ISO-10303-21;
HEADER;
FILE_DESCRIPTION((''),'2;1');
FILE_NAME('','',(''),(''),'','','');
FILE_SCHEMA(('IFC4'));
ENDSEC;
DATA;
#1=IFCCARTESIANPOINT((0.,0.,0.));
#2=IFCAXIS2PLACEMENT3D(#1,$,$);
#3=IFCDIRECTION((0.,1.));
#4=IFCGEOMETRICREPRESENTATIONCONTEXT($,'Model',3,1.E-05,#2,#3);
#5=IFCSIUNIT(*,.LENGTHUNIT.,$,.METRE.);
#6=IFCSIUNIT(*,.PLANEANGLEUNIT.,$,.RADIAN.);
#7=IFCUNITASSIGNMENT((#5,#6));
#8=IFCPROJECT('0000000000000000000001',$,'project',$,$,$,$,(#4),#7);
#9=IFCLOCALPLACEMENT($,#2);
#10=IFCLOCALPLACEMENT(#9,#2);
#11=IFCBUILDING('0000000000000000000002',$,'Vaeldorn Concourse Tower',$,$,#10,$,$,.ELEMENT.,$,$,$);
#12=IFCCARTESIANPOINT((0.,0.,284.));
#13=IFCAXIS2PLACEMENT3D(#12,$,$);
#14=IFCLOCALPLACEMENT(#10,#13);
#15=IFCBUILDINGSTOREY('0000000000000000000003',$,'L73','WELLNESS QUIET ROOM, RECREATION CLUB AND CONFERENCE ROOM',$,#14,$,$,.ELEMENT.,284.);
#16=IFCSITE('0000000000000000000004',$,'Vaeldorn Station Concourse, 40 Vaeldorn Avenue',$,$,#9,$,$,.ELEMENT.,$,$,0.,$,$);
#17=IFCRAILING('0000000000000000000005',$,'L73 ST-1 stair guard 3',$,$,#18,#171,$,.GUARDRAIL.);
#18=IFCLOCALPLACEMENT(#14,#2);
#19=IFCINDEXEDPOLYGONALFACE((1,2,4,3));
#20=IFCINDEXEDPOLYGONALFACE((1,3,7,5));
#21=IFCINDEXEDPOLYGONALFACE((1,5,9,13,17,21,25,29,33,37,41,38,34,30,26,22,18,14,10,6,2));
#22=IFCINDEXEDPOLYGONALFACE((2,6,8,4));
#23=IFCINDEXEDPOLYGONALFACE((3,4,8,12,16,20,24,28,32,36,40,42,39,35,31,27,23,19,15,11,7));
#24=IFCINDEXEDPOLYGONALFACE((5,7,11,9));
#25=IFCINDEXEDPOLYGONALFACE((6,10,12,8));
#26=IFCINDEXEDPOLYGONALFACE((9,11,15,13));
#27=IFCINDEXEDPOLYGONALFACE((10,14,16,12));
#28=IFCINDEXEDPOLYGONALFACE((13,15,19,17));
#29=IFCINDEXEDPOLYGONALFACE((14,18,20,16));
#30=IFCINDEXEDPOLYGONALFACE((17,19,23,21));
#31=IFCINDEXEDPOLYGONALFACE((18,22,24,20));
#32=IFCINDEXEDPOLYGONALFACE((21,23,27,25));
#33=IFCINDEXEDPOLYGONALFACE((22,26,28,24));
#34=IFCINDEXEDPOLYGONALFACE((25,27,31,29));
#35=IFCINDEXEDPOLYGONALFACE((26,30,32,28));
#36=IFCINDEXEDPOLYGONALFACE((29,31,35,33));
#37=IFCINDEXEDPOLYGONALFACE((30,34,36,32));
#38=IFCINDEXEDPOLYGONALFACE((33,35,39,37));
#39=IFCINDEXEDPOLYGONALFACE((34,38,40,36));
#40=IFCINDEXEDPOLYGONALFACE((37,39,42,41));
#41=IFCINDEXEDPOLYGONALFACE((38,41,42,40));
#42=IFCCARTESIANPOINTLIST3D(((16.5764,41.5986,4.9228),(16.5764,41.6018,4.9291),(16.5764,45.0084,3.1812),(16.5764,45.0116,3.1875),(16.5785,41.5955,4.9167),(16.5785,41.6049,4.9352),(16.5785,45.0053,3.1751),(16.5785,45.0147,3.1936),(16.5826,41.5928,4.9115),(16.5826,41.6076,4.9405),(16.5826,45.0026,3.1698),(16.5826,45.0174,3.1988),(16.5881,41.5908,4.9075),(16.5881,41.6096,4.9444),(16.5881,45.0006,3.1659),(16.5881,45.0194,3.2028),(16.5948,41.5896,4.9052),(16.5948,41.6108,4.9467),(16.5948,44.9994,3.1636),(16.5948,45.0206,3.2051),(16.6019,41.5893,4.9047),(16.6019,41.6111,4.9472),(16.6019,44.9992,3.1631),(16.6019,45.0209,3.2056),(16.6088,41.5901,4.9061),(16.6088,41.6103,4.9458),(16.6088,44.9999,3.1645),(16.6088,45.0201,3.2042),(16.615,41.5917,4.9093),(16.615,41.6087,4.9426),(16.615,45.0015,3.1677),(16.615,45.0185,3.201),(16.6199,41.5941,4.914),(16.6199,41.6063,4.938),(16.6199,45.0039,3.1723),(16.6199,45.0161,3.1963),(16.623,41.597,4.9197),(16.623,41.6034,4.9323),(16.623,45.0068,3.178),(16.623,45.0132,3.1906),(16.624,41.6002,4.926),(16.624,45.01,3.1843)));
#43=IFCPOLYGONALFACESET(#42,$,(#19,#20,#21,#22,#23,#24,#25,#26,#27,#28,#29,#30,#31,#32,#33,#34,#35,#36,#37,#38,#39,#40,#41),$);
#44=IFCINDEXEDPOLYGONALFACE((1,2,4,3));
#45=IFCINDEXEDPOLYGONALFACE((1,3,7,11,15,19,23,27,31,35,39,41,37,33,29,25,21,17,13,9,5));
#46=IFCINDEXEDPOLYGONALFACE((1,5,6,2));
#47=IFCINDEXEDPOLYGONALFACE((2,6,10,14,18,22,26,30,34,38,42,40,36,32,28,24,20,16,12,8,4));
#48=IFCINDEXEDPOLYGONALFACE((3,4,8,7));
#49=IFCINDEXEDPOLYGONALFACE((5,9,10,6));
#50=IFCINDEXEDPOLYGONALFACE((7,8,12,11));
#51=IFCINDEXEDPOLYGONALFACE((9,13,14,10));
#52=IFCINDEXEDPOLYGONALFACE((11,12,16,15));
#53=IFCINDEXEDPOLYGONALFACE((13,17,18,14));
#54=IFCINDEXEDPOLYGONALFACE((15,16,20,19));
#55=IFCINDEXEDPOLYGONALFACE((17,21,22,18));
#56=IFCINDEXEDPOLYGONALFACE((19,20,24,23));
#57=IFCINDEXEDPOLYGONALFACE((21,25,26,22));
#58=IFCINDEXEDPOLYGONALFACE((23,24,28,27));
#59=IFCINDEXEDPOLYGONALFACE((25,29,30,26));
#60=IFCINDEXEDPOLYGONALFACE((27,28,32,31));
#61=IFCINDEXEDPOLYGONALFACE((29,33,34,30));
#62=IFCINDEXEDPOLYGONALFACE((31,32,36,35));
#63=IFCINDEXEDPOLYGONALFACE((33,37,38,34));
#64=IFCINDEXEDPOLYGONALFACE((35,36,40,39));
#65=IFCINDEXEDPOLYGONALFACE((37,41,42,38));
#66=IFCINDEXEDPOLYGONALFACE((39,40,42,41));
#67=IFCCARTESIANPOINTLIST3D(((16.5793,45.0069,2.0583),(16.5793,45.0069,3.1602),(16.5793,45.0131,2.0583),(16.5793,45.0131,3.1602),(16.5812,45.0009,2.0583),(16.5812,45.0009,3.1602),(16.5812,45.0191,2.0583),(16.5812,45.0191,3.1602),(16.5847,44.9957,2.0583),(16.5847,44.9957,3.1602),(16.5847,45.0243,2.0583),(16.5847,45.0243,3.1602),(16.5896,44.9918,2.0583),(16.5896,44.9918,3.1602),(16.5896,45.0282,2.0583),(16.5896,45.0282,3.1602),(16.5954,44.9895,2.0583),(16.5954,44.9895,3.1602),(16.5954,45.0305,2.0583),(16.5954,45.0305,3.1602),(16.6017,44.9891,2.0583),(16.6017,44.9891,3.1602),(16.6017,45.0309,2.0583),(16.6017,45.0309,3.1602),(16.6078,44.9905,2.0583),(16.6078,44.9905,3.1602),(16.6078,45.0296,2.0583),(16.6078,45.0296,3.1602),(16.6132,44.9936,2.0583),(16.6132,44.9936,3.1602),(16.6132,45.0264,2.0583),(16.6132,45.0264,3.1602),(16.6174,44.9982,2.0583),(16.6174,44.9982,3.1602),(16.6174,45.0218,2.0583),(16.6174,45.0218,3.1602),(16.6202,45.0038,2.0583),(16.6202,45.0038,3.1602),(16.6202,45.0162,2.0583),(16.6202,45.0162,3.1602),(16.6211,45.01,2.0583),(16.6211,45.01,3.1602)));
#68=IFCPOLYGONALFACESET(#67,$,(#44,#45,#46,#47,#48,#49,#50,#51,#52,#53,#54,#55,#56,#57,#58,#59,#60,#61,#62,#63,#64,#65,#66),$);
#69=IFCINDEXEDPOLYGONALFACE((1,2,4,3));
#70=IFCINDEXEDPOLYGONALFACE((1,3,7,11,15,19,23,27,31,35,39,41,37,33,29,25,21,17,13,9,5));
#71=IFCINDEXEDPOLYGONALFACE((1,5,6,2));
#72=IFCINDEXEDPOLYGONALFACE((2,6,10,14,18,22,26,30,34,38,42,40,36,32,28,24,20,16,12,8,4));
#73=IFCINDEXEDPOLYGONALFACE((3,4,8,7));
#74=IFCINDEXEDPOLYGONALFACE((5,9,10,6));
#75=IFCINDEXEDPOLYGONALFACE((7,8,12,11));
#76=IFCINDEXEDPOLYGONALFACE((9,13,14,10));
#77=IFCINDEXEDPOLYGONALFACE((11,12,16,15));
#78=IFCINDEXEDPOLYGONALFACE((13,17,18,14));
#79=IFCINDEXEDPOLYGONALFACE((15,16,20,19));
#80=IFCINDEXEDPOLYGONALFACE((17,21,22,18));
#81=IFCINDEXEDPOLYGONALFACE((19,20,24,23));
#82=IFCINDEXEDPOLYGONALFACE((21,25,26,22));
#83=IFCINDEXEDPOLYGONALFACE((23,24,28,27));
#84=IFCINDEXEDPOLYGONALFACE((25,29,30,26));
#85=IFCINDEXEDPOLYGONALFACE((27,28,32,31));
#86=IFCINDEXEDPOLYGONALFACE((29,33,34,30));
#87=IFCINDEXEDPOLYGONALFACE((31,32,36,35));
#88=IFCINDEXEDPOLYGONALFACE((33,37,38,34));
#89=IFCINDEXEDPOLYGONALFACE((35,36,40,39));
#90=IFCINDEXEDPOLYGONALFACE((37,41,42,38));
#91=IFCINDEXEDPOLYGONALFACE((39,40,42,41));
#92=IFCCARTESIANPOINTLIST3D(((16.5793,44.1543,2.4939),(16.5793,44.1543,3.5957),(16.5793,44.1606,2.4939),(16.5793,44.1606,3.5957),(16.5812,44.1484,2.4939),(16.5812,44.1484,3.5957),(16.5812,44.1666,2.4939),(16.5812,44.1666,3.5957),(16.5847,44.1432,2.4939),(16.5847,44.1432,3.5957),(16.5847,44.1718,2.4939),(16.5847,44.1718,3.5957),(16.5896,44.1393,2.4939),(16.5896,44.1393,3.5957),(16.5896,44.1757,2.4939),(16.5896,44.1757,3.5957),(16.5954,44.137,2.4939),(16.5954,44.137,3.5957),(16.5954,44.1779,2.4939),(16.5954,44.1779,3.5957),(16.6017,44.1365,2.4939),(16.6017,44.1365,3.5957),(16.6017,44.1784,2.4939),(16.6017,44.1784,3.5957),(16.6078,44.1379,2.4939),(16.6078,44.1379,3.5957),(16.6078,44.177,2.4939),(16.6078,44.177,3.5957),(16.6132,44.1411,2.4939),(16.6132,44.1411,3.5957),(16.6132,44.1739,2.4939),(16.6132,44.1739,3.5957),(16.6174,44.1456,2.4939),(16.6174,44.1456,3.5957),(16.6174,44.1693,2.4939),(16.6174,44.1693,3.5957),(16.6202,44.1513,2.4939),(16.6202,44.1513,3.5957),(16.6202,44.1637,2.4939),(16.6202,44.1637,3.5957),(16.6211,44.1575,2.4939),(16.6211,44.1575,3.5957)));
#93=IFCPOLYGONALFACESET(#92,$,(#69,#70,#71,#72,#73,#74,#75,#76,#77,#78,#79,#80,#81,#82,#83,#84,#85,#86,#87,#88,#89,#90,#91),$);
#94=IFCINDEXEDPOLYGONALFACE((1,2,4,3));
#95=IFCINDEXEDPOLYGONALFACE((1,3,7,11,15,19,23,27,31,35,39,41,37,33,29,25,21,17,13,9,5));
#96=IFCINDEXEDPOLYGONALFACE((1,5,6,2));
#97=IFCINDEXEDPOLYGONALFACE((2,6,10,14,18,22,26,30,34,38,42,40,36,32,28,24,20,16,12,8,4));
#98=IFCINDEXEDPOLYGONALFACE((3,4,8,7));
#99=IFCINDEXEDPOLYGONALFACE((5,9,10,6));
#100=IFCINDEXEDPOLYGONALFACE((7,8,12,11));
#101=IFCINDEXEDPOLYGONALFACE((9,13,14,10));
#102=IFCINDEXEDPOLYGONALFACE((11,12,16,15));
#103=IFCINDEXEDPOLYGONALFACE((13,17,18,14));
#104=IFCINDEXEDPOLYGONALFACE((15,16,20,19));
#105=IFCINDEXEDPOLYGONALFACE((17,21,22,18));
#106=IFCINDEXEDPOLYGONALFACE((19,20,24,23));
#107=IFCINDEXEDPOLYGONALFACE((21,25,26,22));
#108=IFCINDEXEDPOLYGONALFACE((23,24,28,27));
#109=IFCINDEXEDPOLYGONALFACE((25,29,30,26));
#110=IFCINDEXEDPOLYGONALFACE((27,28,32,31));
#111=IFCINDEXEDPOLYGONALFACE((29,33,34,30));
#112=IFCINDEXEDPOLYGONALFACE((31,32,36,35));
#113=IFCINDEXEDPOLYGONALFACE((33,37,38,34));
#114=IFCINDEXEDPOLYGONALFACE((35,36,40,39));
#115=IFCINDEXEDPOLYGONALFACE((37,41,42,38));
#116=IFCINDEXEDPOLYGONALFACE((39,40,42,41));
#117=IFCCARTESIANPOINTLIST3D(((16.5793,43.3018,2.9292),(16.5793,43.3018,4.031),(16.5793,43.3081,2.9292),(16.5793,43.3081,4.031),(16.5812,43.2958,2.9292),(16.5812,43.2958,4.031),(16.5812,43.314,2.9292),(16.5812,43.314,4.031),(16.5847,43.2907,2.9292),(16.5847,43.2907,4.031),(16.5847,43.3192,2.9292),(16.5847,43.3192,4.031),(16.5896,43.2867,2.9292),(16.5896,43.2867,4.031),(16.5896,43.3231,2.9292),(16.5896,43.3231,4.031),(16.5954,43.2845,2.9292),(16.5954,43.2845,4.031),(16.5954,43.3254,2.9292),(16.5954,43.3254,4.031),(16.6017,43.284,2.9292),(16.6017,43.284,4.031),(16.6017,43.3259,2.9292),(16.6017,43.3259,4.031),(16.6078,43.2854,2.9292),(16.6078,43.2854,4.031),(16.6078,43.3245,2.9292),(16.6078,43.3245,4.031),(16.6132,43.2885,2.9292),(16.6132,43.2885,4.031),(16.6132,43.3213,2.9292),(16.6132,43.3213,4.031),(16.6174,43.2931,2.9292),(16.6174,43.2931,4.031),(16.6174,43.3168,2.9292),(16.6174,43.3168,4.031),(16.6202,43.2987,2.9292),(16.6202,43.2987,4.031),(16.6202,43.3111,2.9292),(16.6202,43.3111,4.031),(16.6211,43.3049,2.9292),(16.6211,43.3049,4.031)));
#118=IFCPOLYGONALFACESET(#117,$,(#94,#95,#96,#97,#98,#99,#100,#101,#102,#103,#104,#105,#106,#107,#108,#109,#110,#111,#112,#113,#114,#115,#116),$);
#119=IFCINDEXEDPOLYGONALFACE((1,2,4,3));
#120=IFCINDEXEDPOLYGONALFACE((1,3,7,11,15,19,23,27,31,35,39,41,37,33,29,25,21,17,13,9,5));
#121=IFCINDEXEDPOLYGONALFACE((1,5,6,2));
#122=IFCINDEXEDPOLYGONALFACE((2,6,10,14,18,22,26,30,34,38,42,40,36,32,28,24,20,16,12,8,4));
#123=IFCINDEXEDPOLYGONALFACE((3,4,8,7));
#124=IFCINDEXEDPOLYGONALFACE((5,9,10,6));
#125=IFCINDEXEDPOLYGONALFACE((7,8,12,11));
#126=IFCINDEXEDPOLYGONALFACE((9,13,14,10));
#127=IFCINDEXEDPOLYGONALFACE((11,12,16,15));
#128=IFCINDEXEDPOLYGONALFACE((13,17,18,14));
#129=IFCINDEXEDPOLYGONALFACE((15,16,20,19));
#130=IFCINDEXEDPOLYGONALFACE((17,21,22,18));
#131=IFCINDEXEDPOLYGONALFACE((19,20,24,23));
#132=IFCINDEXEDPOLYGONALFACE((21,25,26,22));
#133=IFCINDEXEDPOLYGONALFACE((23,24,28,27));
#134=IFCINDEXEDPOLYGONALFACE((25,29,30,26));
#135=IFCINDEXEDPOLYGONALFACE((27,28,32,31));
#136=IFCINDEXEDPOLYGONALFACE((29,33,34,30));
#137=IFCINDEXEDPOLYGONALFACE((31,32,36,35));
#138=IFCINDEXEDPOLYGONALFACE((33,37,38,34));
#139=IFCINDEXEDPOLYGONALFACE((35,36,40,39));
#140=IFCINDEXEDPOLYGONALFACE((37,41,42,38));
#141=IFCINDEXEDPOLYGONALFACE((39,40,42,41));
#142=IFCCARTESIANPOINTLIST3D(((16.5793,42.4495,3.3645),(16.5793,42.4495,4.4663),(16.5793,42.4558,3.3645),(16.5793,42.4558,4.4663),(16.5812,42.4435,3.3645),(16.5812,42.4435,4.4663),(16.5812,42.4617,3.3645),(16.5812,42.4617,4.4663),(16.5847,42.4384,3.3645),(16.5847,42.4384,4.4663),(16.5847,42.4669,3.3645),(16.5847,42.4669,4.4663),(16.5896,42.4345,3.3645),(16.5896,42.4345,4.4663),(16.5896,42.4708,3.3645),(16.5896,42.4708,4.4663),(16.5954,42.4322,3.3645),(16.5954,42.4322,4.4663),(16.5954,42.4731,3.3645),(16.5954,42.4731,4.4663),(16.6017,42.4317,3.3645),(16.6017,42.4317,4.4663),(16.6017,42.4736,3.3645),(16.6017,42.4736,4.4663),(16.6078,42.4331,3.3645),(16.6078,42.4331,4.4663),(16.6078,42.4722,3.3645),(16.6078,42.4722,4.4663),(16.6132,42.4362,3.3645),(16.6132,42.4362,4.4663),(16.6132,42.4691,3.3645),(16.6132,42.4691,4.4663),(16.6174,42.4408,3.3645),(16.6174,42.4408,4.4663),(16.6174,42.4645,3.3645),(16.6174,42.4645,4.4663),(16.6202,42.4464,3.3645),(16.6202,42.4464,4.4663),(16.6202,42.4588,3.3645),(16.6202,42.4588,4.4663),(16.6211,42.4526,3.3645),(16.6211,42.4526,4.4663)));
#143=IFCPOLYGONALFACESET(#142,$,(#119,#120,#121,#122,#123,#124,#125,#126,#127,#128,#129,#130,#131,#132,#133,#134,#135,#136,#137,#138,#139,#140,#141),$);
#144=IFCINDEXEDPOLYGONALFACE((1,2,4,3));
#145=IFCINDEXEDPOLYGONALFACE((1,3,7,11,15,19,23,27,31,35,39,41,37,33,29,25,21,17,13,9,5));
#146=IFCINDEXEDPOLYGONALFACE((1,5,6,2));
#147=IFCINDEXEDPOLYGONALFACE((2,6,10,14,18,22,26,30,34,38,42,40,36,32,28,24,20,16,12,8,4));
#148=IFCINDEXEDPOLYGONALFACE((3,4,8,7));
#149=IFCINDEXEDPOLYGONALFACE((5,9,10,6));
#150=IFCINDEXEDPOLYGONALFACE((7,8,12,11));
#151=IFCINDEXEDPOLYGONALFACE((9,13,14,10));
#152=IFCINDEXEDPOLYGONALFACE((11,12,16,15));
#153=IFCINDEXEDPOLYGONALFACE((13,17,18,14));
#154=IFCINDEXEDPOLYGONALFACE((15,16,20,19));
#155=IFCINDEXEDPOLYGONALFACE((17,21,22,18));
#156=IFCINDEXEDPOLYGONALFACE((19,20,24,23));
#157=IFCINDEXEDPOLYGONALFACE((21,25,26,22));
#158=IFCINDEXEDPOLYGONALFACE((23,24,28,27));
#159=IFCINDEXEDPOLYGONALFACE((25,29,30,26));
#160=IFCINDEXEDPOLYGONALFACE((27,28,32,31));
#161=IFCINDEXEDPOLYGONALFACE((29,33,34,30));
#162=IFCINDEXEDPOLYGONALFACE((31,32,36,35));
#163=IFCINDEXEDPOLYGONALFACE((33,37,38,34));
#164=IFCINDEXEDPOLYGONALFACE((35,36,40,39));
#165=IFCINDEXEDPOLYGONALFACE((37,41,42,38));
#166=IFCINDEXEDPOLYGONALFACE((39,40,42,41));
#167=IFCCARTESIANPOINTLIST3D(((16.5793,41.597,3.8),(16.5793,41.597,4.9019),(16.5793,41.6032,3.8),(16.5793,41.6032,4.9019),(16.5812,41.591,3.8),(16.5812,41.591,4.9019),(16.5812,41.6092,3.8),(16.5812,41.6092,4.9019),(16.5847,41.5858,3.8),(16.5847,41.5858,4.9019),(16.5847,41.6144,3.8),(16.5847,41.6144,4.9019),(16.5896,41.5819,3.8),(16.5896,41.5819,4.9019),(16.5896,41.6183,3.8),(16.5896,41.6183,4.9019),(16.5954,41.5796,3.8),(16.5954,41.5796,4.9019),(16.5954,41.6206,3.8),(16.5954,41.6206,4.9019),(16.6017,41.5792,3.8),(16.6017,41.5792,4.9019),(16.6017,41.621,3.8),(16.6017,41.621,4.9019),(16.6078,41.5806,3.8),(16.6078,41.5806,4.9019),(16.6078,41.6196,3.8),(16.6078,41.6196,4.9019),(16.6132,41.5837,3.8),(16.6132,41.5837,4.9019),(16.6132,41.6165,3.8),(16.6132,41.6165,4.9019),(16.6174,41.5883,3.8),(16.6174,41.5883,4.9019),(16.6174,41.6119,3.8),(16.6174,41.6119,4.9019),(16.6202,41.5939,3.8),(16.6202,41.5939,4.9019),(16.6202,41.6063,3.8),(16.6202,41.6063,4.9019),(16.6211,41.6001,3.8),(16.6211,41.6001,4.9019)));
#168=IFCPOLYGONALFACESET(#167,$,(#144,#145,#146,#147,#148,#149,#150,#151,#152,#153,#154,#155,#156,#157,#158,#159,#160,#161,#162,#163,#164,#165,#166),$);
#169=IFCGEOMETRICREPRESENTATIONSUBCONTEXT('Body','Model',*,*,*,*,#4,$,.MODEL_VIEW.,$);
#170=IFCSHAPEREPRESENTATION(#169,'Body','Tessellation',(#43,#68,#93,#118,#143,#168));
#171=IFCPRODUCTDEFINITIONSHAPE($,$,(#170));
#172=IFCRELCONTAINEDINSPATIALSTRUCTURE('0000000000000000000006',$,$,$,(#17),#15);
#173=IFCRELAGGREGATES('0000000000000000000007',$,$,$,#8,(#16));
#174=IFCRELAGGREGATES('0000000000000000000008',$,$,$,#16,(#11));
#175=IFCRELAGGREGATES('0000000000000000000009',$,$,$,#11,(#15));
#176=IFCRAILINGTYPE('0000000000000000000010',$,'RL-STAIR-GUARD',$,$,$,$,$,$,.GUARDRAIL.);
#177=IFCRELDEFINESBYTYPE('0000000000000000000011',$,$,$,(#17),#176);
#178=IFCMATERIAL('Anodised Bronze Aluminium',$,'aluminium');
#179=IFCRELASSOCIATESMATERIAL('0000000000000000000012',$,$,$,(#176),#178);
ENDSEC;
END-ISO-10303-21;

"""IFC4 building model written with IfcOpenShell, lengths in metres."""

from ifc_helpers import new_model, si_unit, direction, frame, origin, origin_2d, place, context, subcontext, project, spatial, circle, extrude, material, type_object, element, save


model = new_model("IFC4")

# Units and contexts
model_context = context("Model", 3, precision=1e-05, world=origin(), true_north=direction((0.0, 1.0)))
body_context = subcontext(model_context, "Body", "Model", "MODEL_VIEW")
ifc_project = project(units=[si_unit("LENGTHUNIT", "METRE"), si_unit("PLANEANGLEUNIT", "RADIAN")], contexts=[model_context])

# Site, building, storey
site_placement = place(None, origin())
site = spatial("IfcSite", under=ifc_project, at=site_placement, Name="Vaeldorn Station Concourse, 40 Vaeldorn Avenue", CompositionType="ELEMENT", RefElevation=0.0)
building_placement = place(site_placement, origin())
building = spatial("IfcBuilding", under=site, at=building_placement, Name="Vaeldorn Concourse Tower", CompositionType="ELEMENT")
storey_placement = place(building_placement, frame((0.0, 0.0, 284.0)))
storey = spatial("IfcBuildingStorey", under=building, at=storey_placement, Name="L73", Description="WELLNESS QUIET ROOM, RECREATION CLUB AND CONFERENCE ROOM", CompositionType="ELEMENT", Elevation=284.0)

# Shared definitions
ifc_material_1 = material(Name="Anodised Bronze Aluminium", Category="aluminium")

# Railing
railing_type_1 = type_object("IfcRailingType", Name="RL-STAIR-GUARD", PredefinedType="GUARDRAIL", material=ifc_material_1)
railing_1_placement = place(storey_placement, frame((16.6001, 45.01, 2.0583)))
element("IfcRailing", 1, at=railing_1_placement, inside=storey, type_object=railing_type_1, Name="L73 ST-1 stair guard 3", PredefinedType="GUARDRAIL", context=body_context, shape_type="SweptSolid", body=[
    extrude(circle(Radius=0.0239, at=origin_2d()), frame((0.0, 0.0, 1.126), z_axis=(0.0, -0.890556, 0.454874), x_axis=(1.0, 0.0, 0.0)), (0.0, 0.0, 1.0), 3.8289),
    extrude(circle(Radius=0.021, at=origin_2d()), origin(), (0.0, 0.0, 1.0), 1.1018),
    extrude(circle(Radius=0.021, at=origin_2d()), frame((0.0, -0.8525, 0.4355)), (0.0, 0.0, 1.0), 1.1018),
    extrude(circle(Radius=0.021, at=origin_2d()), frame((0.0, -1.7051, 0.8708)), (0.0, 0.0, 1.0), 1.1018),
    extrude(circle(Radius=0.021, at=origin_2d()), frame((0.0, -2.5574, 1.3062)), (0.0, 0.0, 1.0), 1.1018),
    extrude(circle(Radius=0.021, at=origin_2d()), frame((0.0, -3.4099, 1.7417)), (0.0, 0.0, 1.0), 1.1018),
])

save(model, "model.ifc")
